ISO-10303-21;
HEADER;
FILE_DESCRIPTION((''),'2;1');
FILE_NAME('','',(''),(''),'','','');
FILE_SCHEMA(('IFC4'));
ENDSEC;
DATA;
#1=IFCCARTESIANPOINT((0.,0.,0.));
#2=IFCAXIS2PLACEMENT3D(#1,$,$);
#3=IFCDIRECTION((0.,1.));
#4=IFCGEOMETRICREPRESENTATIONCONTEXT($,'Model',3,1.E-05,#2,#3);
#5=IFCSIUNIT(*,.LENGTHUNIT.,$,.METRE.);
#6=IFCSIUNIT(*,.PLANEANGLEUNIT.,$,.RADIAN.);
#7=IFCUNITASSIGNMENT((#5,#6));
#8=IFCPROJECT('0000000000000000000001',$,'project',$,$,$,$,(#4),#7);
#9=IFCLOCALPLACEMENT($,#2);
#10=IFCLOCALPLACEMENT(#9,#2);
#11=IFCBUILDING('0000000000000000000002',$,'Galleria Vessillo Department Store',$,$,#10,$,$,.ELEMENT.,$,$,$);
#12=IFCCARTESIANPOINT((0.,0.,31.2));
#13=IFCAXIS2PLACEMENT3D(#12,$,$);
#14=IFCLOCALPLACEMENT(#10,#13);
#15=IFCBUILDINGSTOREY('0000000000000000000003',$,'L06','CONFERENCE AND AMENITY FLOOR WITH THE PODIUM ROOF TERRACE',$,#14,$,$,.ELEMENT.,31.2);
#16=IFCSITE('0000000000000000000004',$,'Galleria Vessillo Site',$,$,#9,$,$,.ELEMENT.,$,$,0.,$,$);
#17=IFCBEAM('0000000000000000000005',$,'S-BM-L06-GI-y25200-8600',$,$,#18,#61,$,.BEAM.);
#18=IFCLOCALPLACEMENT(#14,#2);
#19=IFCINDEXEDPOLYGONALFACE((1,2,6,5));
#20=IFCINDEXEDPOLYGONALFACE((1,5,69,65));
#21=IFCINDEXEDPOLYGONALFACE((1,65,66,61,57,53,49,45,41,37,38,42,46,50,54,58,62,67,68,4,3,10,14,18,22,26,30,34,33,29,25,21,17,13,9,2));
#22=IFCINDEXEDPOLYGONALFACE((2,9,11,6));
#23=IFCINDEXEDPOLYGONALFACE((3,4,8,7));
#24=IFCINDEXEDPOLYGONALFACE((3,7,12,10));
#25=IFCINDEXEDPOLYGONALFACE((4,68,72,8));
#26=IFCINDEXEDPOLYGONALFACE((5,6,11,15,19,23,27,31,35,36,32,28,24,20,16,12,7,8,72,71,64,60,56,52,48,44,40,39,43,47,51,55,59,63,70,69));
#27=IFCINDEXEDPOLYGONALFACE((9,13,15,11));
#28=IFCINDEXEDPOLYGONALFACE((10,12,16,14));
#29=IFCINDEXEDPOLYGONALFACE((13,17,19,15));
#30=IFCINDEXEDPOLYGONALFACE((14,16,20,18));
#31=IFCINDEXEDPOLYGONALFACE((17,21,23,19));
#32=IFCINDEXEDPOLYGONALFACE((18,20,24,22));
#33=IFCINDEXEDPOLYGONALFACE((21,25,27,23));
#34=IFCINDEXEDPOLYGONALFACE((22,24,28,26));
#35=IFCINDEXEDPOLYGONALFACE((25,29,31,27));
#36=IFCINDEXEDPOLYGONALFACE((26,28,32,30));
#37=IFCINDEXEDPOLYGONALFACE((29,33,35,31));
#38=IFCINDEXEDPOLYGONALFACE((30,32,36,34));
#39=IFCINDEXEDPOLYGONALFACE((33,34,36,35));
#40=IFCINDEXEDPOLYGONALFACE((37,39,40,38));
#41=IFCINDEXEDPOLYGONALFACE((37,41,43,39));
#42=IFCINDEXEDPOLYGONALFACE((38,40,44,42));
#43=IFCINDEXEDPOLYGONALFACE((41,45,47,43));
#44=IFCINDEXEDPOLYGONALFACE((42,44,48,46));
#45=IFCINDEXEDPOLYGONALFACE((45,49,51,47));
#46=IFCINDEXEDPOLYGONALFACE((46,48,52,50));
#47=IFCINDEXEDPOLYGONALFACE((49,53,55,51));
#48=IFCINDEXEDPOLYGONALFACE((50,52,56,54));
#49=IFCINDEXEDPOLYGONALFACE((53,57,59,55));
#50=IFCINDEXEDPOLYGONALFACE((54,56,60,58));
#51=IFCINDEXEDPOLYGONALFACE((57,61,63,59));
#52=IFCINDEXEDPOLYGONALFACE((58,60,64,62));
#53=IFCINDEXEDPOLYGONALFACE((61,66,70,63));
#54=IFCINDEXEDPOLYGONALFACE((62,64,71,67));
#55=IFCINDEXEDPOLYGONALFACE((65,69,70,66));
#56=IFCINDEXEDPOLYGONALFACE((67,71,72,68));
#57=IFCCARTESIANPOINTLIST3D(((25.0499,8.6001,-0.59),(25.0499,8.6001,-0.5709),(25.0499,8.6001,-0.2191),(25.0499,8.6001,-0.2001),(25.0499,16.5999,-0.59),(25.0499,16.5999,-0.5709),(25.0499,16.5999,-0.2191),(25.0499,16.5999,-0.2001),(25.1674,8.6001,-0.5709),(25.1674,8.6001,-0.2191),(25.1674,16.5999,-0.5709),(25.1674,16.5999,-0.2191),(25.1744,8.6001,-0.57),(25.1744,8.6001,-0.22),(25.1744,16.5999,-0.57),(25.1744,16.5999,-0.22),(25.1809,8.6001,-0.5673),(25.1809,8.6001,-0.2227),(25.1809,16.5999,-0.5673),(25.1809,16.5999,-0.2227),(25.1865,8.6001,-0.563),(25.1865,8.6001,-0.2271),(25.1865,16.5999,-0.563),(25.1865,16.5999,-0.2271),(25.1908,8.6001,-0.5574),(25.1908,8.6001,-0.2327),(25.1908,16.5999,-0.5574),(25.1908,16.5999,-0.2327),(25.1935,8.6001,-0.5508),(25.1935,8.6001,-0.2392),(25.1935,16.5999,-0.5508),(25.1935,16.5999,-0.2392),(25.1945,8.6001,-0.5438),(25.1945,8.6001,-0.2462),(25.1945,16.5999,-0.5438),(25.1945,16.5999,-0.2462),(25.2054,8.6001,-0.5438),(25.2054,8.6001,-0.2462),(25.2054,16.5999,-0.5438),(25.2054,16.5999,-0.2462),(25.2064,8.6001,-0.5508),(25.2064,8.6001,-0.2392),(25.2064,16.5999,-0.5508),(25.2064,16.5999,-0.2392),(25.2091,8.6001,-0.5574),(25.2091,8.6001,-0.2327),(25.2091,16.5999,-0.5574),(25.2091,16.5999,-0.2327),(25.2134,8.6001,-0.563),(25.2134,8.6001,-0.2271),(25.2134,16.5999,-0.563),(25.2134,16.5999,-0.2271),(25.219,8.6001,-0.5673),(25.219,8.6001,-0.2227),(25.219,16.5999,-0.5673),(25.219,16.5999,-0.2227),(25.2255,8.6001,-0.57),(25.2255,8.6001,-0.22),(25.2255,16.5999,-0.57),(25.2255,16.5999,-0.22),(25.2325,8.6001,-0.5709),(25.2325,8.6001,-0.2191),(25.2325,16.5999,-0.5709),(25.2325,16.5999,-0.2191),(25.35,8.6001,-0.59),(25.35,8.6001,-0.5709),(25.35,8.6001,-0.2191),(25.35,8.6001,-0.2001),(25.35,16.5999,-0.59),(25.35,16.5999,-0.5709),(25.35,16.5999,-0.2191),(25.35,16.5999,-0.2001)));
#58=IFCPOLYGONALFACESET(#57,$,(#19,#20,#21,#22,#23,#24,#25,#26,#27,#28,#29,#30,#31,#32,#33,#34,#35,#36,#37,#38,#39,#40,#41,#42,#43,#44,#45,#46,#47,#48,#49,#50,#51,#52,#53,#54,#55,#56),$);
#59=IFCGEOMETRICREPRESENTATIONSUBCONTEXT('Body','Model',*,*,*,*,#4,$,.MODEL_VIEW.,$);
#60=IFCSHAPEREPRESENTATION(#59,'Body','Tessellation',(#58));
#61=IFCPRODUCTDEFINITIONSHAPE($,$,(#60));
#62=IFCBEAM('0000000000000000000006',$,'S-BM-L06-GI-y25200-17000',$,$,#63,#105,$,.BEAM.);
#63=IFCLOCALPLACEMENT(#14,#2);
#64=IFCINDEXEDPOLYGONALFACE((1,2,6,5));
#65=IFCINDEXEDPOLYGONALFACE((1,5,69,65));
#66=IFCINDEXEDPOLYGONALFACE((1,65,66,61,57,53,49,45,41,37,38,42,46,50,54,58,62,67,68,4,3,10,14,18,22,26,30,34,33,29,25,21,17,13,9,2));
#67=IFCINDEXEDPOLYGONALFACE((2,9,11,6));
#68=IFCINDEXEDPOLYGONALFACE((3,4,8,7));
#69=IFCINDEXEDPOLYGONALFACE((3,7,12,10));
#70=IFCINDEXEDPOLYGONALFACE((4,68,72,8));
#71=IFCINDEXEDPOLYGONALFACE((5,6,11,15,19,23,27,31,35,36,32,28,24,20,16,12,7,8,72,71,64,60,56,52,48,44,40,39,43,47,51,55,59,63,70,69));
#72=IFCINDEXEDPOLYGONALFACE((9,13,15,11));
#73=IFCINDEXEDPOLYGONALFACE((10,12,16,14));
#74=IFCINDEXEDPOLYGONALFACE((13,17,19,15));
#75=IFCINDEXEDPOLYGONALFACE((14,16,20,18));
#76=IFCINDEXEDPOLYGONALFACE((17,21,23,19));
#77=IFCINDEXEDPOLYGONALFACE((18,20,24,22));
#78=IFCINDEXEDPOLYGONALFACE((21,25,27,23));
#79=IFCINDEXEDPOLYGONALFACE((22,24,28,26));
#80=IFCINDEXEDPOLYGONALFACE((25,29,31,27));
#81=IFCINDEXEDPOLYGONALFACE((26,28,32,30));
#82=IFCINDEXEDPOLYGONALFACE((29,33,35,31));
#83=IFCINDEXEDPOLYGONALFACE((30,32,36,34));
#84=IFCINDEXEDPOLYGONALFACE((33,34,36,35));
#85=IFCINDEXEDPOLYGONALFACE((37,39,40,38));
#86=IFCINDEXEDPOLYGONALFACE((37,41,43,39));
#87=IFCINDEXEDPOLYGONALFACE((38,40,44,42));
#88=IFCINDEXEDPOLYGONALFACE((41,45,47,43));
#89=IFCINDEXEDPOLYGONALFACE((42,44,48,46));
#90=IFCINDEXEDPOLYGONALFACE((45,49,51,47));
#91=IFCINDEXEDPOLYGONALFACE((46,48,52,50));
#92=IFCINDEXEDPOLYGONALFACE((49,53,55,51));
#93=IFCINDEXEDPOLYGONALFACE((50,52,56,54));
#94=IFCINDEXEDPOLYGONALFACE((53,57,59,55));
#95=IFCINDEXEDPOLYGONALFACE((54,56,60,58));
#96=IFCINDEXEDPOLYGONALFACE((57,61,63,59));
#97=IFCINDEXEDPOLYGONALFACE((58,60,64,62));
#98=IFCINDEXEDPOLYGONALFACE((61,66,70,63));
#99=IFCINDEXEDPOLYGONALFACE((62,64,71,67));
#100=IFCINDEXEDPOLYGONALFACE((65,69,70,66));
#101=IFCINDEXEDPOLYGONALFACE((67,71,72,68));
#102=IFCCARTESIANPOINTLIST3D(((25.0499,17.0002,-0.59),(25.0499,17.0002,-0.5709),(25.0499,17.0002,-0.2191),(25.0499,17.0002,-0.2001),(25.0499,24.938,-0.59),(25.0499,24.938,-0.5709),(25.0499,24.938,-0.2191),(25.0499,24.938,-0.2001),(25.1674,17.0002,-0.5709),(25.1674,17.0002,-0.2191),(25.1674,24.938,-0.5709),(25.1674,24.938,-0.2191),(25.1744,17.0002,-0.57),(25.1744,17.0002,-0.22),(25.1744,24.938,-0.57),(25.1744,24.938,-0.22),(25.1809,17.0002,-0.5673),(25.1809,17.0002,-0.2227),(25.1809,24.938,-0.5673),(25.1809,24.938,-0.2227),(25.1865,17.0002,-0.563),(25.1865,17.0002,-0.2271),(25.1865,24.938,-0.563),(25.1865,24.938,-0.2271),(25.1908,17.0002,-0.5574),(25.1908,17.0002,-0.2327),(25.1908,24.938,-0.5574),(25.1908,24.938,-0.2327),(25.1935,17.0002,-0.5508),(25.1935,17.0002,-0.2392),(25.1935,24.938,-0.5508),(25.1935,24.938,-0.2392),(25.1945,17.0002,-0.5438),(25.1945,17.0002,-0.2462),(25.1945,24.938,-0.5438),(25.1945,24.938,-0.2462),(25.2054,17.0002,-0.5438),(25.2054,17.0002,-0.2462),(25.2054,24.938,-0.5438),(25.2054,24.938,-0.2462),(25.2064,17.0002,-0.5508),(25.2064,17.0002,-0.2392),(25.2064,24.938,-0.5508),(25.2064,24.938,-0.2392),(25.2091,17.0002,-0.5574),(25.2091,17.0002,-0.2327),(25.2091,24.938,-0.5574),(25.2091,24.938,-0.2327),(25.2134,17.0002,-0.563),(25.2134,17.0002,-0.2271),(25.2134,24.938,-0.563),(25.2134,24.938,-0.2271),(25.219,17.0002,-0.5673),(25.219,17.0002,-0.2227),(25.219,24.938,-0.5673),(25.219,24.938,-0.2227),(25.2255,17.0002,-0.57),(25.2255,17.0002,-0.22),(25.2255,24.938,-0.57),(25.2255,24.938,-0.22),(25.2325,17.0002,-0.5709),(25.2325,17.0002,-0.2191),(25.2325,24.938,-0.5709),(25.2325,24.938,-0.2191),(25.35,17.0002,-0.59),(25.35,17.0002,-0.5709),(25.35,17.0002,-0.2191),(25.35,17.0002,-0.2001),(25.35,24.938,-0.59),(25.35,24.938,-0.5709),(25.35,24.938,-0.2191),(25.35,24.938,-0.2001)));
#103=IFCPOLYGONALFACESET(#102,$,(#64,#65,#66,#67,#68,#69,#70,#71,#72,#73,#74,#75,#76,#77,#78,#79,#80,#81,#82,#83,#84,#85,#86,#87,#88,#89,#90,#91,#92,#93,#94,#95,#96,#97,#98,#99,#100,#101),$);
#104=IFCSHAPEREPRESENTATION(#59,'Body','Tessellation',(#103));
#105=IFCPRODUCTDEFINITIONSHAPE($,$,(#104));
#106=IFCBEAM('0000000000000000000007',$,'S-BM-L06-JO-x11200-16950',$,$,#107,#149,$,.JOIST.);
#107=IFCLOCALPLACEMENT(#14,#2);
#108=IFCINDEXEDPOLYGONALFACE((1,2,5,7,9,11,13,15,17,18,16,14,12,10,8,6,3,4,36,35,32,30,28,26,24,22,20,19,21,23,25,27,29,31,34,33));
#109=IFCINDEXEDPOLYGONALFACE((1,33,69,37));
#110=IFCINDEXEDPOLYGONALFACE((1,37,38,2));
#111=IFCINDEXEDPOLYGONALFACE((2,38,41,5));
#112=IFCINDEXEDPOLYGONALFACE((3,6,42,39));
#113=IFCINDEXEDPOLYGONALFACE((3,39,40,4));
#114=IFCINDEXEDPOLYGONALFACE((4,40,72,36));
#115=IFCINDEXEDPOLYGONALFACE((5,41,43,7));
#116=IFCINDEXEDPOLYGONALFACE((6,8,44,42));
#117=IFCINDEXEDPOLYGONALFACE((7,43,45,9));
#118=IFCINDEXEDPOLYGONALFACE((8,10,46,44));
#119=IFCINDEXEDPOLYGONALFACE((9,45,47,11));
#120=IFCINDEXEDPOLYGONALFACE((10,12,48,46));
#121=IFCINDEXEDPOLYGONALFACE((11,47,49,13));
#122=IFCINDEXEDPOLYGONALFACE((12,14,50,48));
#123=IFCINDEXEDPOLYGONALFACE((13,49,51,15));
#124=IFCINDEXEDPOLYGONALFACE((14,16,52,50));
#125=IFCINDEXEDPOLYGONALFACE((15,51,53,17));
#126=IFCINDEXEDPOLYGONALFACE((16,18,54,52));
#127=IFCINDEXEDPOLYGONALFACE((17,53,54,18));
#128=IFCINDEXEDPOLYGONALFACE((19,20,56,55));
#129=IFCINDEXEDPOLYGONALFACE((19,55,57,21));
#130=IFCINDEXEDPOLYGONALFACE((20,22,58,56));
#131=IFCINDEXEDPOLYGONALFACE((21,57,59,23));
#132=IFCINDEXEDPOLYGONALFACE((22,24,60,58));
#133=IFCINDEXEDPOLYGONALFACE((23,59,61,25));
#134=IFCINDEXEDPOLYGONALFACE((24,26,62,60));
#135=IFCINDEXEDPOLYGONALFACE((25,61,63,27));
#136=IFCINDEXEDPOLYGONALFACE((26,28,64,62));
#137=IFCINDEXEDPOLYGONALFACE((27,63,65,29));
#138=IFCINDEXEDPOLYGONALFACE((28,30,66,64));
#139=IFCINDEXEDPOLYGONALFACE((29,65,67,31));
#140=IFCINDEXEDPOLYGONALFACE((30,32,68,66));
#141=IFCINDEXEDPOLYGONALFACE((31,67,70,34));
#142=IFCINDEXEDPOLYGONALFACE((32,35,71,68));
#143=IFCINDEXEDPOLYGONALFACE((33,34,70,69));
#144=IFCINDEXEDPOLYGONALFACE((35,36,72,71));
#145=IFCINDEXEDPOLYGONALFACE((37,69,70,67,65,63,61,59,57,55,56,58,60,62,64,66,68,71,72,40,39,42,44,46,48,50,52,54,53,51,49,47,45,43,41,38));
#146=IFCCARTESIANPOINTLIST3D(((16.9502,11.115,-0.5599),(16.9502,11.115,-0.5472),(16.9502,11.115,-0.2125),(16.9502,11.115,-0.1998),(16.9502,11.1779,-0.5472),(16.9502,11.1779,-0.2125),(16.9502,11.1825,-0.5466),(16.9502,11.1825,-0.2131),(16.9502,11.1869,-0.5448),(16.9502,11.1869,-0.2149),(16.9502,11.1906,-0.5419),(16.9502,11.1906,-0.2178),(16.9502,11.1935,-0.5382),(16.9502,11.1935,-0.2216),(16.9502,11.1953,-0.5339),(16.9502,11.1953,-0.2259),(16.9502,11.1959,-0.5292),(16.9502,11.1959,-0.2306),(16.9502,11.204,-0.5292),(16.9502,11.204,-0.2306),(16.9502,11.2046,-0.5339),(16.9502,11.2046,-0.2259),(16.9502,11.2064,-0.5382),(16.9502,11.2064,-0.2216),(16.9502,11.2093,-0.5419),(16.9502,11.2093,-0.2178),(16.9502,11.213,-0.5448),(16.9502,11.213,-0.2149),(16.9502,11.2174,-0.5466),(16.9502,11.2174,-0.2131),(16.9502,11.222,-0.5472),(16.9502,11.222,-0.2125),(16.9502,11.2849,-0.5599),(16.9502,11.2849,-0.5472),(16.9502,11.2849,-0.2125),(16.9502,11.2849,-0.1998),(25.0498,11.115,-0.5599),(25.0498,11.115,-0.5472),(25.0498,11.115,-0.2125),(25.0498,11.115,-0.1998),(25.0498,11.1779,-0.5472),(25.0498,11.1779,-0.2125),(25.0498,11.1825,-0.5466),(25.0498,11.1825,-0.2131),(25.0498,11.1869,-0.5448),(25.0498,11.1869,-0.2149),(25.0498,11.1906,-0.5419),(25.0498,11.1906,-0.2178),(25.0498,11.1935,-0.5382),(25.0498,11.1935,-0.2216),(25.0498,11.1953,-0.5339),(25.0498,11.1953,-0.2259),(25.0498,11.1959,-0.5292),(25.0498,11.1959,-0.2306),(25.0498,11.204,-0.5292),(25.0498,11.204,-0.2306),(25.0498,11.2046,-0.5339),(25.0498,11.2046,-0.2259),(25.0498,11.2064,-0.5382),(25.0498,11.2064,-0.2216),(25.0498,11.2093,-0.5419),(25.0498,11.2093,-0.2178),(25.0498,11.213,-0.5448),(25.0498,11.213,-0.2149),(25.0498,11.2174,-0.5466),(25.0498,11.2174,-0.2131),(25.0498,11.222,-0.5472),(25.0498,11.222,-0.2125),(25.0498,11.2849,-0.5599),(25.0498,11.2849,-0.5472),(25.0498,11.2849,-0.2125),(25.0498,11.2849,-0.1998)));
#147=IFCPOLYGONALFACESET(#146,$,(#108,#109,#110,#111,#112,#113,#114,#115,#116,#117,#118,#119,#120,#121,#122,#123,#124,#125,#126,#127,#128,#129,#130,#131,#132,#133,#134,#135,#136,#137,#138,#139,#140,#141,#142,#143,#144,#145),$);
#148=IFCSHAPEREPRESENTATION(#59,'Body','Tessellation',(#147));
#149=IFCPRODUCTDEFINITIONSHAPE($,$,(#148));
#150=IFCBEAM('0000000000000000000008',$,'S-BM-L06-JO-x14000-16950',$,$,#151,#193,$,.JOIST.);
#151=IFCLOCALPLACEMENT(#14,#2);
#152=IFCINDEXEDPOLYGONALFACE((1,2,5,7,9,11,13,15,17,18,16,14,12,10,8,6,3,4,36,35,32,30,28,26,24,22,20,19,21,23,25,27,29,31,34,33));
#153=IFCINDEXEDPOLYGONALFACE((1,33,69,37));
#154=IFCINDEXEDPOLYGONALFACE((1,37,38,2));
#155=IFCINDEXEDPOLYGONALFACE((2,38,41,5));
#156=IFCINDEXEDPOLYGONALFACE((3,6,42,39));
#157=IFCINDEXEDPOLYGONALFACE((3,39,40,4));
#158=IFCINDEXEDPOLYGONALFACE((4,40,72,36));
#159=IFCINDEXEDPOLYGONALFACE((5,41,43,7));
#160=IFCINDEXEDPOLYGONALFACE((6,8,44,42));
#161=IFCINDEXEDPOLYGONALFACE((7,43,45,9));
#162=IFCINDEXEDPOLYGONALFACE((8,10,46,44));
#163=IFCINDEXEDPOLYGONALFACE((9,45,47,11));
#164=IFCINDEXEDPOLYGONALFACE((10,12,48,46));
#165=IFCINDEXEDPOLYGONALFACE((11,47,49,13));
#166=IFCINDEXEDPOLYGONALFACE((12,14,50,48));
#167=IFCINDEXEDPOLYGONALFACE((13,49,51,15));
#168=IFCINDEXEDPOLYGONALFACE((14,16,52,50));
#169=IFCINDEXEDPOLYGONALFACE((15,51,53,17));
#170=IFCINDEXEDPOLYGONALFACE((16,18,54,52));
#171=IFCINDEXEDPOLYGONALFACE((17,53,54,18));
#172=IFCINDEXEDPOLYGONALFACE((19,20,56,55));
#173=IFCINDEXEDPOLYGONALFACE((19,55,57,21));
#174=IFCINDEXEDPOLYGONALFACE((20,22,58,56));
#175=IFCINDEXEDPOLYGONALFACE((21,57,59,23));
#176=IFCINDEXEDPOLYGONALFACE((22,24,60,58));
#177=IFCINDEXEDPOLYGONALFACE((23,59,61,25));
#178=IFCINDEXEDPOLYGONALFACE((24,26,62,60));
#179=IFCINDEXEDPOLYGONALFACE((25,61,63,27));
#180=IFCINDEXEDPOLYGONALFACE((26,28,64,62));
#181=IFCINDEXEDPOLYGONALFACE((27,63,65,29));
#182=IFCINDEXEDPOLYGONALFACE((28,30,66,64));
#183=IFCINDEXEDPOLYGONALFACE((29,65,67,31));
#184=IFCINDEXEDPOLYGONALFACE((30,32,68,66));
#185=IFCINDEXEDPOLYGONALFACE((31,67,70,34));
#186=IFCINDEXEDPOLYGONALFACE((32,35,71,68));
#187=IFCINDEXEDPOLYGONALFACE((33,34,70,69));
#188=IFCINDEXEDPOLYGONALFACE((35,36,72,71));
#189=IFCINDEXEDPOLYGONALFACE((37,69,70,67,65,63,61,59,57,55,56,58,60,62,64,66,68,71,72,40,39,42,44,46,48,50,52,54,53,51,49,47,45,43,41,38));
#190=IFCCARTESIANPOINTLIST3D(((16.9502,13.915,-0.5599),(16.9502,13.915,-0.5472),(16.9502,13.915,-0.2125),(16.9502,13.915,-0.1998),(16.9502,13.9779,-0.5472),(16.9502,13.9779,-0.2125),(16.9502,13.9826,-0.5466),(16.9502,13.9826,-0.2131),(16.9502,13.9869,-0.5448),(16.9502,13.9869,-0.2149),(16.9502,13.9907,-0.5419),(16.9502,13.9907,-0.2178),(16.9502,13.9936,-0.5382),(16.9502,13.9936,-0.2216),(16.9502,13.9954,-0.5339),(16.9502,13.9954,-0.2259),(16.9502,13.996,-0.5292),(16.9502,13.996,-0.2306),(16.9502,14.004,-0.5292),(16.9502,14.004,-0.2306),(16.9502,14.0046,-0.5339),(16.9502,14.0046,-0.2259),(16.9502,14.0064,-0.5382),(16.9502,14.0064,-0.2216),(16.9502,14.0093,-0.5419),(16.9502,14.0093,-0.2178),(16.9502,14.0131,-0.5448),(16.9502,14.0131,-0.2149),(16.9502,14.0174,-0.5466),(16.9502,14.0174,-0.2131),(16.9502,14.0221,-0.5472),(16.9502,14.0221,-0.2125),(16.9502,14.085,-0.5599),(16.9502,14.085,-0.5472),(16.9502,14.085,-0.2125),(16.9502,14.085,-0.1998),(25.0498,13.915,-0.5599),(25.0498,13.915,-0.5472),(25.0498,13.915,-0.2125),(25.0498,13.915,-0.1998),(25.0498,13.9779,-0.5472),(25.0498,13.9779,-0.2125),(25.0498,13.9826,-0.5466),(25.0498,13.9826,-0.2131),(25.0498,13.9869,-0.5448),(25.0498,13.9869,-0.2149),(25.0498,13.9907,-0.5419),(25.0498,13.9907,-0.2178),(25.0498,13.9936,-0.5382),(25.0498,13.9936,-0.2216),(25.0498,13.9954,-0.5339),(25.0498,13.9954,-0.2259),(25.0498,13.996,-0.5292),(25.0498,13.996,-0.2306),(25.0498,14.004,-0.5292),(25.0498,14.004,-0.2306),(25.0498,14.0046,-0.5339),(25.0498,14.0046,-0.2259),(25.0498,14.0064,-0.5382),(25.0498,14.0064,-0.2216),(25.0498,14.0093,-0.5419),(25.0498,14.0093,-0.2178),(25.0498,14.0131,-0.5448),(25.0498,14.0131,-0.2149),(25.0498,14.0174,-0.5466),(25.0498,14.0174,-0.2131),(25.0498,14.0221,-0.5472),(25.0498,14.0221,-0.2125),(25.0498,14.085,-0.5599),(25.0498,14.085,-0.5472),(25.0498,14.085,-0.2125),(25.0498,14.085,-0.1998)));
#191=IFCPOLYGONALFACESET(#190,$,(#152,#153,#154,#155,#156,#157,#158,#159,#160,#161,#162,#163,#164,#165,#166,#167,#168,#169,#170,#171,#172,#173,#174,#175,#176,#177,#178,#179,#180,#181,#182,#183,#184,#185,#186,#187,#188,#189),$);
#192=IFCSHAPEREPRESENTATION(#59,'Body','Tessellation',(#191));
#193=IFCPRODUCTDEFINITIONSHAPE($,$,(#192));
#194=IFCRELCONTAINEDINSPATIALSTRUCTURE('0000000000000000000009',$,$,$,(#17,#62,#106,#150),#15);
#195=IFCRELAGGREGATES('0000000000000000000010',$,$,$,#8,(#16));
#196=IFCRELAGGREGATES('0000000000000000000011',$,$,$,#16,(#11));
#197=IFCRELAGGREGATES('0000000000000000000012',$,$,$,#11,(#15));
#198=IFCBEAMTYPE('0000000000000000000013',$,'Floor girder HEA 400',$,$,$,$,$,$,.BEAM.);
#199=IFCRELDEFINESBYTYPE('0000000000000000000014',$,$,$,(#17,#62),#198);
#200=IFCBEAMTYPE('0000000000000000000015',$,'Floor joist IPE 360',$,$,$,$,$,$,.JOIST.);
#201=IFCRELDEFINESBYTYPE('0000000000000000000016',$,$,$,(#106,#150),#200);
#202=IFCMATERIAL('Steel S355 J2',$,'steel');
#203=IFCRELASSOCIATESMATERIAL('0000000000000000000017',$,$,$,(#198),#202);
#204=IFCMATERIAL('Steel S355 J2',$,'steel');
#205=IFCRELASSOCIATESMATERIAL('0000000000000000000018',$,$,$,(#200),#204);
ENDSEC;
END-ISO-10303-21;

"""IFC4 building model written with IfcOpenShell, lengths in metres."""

from ifc_helpers import new_model, si_unit, direction, frame, origin, origin_2d, place, context, subcontext, project, spatial, i_section, extrude, material, material_profile, profile_set, type_object, element, save


model = new_model("IFC4")

# Units and contexts
model_context = context("Model", 3, precision=1e-05, world=origin(), true_north=direction((0.0, 1.0)))
body_context = subcontext(model_context, "Body", "Model", "MODEL_VIEW")
ifc_project = project(units=[si_unit("LENGTHUNIT", "METRE"), si_unit("PLANEANGLEUNIT", "RADIAN")], contexts=[model_context])

# Site, building, storey
site_placement = place(None, origin())
site = spatial("IfcSite", under=ifc_project, at=site_placement, Name="Galleria Vessillo Site", CompositionType="ELEMENT", RefElevation=0.0)
building_placement = place(site_placement, origin())
building = spatial("IfcBuilding", under=site, at=building_placement, Name="Galleria Vessillo Department Store", CompositionType="ELEMENT")
storey_placement = place(building_placement, frame((0.0, 0.0, 31.2)))
storey = spatial("IfcBuildingStorey", under=building, at=storey_placement, Name="L06", Description="CONFERENCE AND AMENITY FLOOR WITH THE PODIUM ROOF TERRACE", CompositionType="ELEMENT", Elevation=31.2)

# Beams
ifc_material_1 = material(Name="Steel S355 J2", Category="steel")
ifc_material_profile_1 = material_profile(ifc_material_1, i_section(OverallWidth=0.3, OverallDepth=0.3899, WebThickness=0.011, FlangeThickness=0.019, FilletRadius=0.0271, at=origin_2d()), Name="HEA 400")
ifc_profile_set_1 = profile_set([ifc_material_profile_1], Name="Steel S355 J2")
beam_type_1 = type_object("IfcBeamType", Name="Floor girder HEA 400", PredefinedType="BEAM", material=ifc_profile_set_1)
beam_1_placement = place(storey_placement, frame((25.2, 8.6001, -0.395), z_axis=(0.0, 1.0, 0.0), x_axis=(-1.0, 0.0, 0.0)))
element("IfcBeam", 1, at=beam_1_placement, inside=storey, type_object=beam_type_1, Name="S-BM-L06-GI-y25200-8600", PredefinedType="BEAM", context=body_context, shape_type="SweptSolid", body=[
    extrude(i_section(OverallWidth=0.3, OverallDepth=0.3899, WebThickness=0.011, FlangeThickness=0.019, FilletRadius=0.0271, at=origin_2d()), origin(), (0.0, 0.0, 1.0), 7.9998),
])
beam_2_placement = place(storey_placement, frame((25.2, 17.0002, -0.395), z_axis=(0.0, 1.0, 0.0), x_axis=(-1.0, 0.0, 0.0)))
element("IfcBeam", 2, at=beam_2_placement, inside=storey, type_object=beam_type_1, Name="S-BM-L06-GI-y25200-17000", PredefinedType="BEAM", context=body_context, shape_type="SweptSolid", body=[
    extrude(i_section(OverallWidth=0.3, OverallDepth=0.3899, WebThickness=0.011, FlangeThickness=0.019, FilletRadius=0.0271, at=origin_2d()), origin(), (0.0, 0.0, 1.0), 7.9377),
])
ifc_material_2 = material(Name="Steel S355 J2", Category="steel")
ifc_material_profile_2 = material_profile(ifc_material_2, i_section(OverallWidth=0.1699, OverallDepth=0.3601, WebThickness=0.0081, FlangeThickness=0.0127, FilletRadius=0.0181, at=origin_2d()), Name="IPE 360")
ifc_profile_set_2 = profile_set([ifc_material_profile_2], Name="Steel S355 J2")
beam_type_2 = type_object("IfcBeamType", Name="Floor joist IPE 360", PredefinedType="JOIST", material=ifc_profile_set_2)
for number, where, z_axis, x_axis, name in (
    (3, (16.9502, 11.2, -0.3799), (1.0, 0.0, 0.0), (0.0, 1.0, 0.0), "S-BM-L06-JO-x11200-16950"),
    (4, (16.9502, 14.0, -0.3799), (1.0, 0.0, 0.0), (0.0, 1.0, 0.0), "S-BM-L06-JO-x14000-16950"),
):
    element("IfcBeam", number, at=place(storey_placement, frame(where, z_axis=z_axis, x_axis=x_axis)), inside=storey, type_object=beam_type_2, Name=name, PredefinedType="JOIST", context=body_context, shape_type="SweptSolid", body=[
        extrude(i_section(OverallWidth=0.1699, OverallDepth=0.3601, WebThickness=0.0081, FlangeThickness=0.0127, FilletRadius=0.0181, at=origin_2d()), origin(), (0.0, 0.0, 1.0), 8.0996),
    ])

save(model, "model.ifc")
